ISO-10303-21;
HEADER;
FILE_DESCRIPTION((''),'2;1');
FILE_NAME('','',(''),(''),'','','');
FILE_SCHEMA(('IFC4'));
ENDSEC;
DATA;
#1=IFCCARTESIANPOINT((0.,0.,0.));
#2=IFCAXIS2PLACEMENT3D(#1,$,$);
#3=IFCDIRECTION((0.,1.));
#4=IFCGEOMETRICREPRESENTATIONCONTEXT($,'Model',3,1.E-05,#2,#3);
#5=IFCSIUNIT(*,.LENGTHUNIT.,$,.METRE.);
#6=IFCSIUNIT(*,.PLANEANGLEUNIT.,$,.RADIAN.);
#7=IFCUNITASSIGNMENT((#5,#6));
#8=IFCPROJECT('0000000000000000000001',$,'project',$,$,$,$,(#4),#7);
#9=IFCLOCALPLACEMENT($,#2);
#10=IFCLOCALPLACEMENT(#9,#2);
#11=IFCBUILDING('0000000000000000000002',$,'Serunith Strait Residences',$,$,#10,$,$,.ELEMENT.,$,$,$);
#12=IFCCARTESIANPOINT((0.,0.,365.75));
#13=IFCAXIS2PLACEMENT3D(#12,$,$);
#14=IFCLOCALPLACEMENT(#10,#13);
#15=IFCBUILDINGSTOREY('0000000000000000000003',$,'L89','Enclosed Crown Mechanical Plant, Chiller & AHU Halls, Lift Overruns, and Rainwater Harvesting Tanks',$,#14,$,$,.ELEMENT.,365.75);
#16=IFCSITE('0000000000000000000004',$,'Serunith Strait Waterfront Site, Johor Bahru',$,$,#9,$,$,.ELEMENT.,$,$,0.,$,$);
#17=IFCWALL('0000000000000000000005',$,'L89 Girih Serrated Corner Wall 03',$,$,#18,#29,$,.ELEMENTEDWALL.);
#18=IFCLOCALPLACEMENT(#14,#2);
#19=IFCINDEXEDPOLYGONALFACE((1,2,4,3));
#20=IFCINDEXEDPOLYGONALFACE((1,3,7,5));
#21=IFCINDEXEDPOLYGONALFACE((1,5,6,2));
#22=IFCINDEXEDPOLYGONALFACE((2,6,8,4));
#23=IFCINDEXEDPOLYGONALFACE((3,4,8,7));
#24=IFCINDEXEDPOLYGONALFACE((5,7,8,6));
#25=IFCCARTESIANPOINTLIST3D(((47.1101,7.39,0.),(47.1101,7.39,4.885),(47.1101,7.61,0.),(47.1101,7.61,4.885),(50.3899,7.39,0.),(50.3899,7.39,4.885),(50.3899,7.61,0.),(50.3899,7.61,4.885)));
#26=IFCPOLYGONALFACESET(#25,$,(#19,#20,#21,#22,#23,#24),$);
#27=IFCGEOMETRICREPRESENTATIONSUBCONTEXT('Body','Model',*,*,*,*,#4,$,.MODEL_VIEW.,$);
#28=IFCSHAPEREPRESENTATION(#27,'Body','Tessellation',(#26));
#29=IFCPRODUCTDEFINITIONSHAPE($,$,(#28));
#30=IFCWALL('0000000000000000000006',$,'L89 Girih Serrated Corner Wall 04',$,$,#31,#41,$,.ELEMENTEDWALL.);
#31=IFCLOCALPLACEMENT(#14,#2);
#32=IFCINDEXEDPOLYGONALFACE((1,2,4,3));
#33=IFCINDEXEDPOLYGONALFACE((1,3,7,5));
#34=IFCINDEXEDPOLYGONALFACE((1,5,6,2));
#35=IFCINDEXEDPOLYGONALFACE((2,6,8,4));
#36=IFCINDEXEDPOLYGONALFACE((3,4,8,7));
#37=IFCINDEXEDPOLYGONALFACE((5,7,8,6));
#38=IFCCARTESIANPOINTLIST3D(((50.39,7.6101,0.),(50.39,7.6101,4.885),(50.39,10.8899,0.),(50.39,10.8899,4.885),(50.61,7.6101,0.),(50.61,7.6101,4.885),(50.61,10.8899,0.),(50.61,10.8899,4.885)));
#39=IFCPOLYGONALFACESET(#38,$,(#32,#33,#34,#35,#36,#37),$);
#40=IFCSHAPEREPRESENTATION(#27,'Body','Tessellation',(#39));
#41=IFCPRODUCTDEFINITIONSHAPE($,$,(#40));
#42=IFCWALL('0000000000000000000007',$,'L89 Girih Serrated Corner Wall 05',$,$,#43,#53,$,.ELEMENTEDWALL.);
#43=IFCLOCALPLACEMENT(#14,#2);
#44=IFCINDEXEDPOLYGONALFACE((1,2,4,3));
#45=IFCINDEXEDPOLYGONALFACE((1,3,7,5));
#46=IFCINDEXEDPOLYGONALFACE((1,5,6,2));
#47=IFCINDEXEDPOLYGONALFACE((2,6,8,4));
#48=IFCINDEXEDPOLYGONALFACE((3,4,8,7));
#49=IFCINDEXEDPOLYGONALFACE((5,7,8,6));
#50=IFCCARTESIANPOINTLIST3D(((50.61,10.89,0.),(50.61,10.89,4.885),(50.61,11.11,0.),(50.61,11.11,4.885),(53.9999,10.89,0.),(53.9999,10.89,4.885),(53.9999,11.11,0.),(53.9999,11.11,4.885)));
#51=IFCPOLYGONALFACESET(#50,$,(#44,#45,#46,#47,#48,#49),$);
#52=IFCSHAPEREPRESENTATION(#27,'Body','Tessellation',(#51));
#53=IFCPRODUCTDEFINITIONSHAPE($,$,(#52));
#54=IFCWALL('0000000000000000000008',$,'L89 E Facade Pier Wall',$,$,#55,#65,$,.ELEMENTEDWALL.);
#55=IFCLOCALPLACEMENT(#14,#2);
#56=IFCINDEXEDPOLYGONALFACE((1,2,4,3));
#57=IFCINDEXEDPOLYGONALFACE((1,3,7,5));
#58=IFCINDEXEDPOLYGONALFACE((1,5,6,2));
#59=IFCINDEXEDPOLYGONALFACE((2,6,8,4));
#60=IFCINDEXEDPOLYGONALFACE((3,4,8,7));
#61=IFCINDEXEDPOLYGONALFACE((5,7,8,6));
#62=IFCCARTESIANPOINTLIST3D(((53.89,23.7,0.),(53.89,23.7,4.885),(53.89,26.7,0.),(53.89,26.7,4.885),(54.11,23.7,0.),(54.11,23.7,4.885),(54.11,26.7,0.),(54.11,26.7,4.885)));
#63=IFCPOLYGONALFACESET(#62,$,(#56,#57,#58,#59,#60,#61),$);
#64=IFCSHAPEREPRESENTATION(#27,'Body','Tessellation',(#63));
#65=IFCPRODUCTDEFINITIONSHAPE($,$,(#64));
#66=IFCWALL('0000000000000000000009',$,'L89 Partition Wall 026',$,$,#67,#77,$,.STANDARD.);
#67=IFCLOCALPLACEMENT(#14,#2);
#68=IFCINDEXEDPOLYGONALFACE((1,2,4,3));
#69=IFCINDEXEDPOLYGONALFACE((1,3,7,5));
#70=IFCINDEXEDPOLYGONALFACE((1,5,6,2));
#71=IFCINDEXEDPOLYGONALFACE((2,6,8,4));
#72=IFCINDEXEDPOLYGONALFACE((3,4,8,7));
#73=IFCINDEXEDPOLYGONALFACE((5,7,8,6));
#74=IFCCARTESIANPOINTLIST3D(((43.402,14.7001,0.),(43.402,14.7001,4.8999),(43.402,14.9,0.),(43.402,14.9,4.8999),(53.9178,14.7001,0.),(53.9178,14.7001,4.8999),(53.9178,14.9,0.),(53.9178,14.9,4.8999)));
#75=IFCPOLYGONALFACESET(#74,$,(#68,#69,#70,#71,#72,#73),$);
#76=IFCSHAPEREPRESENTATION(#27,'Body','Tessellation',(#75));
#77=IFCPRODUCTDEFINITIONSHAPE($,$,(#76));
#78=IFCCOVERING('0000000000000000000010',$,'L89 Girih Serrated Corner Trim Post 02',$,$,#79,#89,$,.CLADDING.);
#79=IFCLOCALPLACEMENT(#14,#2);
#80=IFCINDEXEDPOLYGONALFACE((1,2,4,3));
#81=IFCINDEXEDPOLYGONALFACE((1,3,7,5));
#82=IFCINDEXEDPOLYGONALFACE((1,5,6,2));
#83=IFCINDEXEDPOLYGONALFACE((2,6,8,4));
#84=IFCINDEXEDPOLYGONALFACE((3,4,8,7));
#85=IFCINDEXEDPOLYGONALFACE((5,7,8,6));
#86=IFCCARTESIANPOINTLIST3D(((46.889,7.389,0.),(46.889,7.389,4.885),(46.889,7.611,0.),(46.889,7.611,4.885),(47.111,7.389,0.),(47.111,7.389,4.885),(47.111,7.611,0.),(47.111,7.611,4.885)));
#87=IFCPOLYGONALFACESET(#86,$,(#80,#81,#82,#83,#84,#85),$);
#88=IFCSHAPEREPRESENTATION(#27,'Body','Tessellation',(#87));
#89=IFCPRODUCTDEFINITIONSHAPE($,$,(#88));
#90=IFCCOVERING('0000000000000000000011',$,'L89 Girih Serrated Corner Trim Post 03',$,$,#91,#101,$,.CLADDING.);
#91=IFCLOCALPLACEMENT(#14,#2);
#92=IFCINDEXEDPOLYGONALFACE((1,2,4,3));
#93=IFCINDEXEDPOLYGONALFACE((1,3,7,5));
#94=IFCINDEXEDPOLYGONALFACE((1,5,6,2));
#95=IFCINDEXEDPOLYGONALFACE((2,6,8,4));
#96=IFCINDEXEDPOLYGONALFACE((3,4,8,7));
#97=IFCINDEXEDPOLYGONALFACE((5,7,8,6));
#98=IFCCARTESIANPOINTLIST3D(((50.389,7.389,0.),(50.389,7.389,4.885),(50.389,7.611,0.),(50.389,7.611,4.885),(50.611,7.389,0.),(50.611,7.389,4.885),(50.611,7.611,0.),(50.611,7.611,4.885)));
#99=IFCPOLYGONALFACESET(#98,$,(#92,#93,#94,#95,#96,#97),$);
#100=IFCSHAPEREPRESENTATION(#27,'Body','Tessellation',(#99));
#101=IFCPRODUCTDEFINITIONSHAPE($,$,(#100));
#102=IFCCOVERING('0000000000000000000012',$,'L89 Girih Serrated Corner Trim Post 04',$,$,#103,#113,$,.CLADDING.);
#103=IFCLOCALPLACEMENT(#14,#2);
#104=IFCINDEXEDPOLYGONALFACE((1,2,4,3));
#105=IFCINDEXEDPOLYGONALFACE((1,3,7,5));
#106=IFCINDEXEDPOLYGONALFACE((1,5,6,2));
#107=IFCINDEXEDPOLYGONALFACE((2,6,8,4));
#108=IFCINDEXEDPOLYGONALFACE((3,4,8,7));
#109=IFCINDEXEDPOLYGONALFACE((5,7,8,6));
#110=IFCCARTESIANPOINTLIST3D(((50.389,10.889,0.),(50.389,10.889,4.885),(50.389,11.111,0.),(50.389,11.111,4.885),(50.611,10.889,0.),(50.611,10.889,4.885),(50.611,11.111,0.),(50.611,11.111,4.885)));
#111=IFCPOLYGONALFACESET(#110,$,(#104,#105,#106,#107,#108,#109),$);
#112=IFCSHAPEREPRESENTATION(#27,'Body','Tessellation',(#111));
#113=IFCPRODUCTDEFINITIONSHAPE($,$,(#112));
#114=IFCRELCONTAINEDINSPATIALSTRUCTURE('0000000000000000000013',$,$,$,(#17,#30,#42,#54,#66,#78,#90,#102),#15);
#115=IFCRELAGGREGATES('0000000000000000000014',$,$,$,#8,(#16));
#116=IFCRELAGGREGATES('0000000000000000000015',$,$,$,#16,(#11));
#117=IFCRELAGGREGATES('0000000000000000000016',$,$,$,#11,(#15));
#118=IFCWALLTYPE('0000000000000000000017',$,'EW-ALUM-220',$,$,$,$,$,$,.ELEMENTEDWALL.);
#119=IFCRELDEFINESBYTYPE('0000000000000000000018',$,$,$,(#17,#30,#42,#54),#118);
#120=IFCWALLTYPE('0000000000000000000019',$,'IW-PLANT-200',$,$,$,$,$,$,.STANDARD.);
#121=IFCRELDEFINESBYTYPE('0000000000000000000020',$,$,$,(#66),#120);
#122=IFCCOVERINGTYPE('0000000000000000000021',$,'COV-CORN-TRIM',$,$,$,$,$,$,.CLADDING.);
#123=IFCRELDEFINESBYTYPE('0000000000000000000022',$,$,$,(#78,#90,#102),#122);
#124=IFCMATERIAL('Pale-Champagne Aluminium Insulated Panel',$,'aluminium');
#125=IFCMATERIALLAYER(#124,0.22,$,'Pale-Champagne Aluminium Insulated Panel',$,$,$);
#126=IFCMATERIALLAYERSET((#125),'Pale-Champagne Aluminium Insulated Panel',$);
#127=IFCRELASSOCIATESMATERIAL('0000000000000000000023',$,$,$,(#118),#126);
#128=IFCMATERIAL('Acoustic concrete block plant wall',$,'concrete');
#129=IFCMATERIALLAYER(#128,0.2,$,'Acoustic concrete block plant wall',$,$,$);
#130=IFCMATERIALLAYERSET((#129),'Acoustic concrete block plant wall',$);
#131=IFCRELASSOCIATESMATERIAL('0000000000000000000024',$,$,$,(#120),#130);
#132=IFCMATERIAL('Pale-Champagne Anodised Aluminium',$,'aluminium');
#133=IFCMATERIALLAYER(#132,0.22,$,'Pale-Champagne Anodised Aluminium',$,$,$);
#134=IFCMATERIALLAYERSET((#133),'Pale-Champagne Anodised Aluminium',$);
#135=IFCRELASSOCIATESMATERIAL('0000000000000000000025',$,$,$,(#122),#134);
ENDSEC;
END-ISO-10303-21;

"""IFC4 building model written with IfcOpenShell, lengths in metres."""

from ifc_helpers import new_model, si_unit, direction, frame, frame_2d, origin, origin_2d, place, context, subcontext, project, spatial, rectangle, extrude, source, transform, mapped, material, layer, layer_set, type_object, element, save


model = new_model("IFC4")

# Units and contexts
model_context = context("Model", 3, precision=1e-05, world=origin(), true_north=direction((0.0, 1.0)))
body_context = subcontext(model_context, "Body", "Model", "MODEL_VIEW")
ifc_project = project(units=[si_unit("LENGTHUNIT", "METRE"), si_unit("PLANEANGLEUNIT", "RADIAN")], contexts=[model_context])

# Site, building, storey
site_placement = place(None, origin())
site = spatial("IfcSite", under=ifc_project, at=site_placement, Name="Serunith Strait Waterfront Site, Johor Bahru", CompositionType="ELEMENT", RefElevation=0.0)
building_placement = place(site_placement, origin())
building = spatial("IfcBuilding", under=site, at=building_placement, Name="Serunith Strait Residences", CompositionType="ELEMENT")
storey_placement = place(building_placement, frame((0.0, 0.0, 365.75)))
storey = spatial("IfcBuildingStorey", under=building, at=storey_placement, Name="L89", Description="Enclosed Crown Mechanical Plant, Chiller & AHU Halls, Lift Overruns, and Rainwater Harvesting Tanks", CompositionType="ELEMENT", Elevation=365.75)

# Walls
ifc_material_1 = material(Name="Pale-Champagne Aluminium Insulated Panel", Category="aluminium")
ifc_layer_1 = layer(ifc_material_1, 0.22, Name="Pale-Champagne Aluminium Insulated Panel")
ifc_layer_set_1 = layer_set([ifc_layer_1], Name="Pale-Champagne Aluminium Insulated Panel")
wall_type_1 = type_object("IfcWallType", Name="EW-ALUM-220", PredefinedType="ELEMENTEDWALL", material=ifc_layer_set_1)
for number, where, z_axis, x_axis, name in (
    (1, (47.1101, 7.5, 0.0), (0.0, 0.0, 1.0), (1.0, 0.0, 0.0), "L89 Girih Serrated Corner Wall 03"),
    (2, (50.5, 7.6101, 0.0), (0.0, 0.0, 1.0), (0.0, 1.0, 0.0), "L89 Girih Serrated Corner Wall 04"),
):
    element("IfcWall", number, at=place(storey_placement, frame(where, z_axis=z_axis, x_axis=x_axis)), inside=storey, type_object=wall_type_1, Name=name, PredefinedType="ELEMENTEDWALL", context=body_context, shape_type="SweptSolid", body=[
        extrude(rectangle(XDim=3.2798, YDim=0.22, at=frame_2d((1.6399, 0.0))), origin(), (0.0, 0.0, 1.0), 4.885),
    ])
wall_1_placement = place(storey_placement, frame((50.6101, 11.0, 0.0), z_axis=(0.0, 0.0, 1.0), x_axis=(1.0, 0.0, 0.0)))
element("IfcWall", 3, at=wall_1_placement, inside=storey, type_object=wall_type_1, Name="L89 Girih Serrated Corner Wall 05", PredefinedType="ELEMENTEDWALL", context=body_context, shape_type="SweptSolid", body=[
    extrude(rectangle(XDim=3.3899, YDim=0.22, at=frame_2d((1.6948, 0.0))), origin(), (0.0, 0.0, 1.0), 4.885),
])
wall_2_placement = place(storey_placement, frame((54.0, 23.7, 0.0), z_axis=(0.0, 0.0, 1.0), x_axis=(0.0, 1.0, 0.0)))
element("IfcWall", 4, at=wall_2_placement, inside=storey, type_object=wall_type_1, Name="L89 E Facade Pier Wall", PredefinedType="ELEMENTEDWALL", context=body_context, shape_type="SweptSolid", body=[
    extrude(rectangle(XDim=3.0, YDim=0.22, at=frame_2d((1.5, 0.0))), origin(), (0.0, 0.0, 1.0), 4.885),
])
ifc_material_2 = material(Name="Acoustic concrete block plant wall", Category="concrete")
ifc_layer_2 = layer(ifc_material_2, 0.2, Name="Acoustic concrete block plant wall")
ifc_layer_set_2 = layer_set([ifc_layer_2], Name="Acoustic concrete block plant wall")
wall_type_2 = type_object("IfcWallType", Name="IW-PLANT-200", PredefinedType="STANDARD", material=ifc_layer_set_2)
wall_3_placement = place(storey_placement, frame((43.4021, 14.8, 0.0), z_axis=(0.0, 0.0, 1.0), x_axis=(1.0, 0.0, 0.0)))
element("IfcWall", 5, at=wall_3_placement, inside=storey, type_object=wall_type_2, Name="L89 Partition Wall 026", PredefinedType="STANDARD", context=body_context, shape_type="SweptSolid", body=[
    extrude(rectangle(XDim=10.5159, YDim=0.2, at=frame_2d((5.2578, 0.0))), origin(), (0.0, 0.0, 1.0), 4.8999),
])

# Coverings
ifc_material_3 = material(Name="Pale-Champagne Anodised Aluminium", Category="aluminium")
ifc_layer_3 = layer(ifc_material_3, 0.22, Name="Pale-Champagne Anodised Aluminium")
ifc_layer_set_3 = layer_set([ifc_layer_3], Name="Pale-Champagne Anodised Aluminium")
covering_type = type_object("IfcCoveringType", Name="COV-CORN-TRIM", PredefinedType="CLADDING", material=ifc_layer_set_3)
shared_shape_1 = source(origin(), body_context, "Body", "SweptSolid", [
    extrude(rectangle(XDim=0.2219, YDim=0.2219, at=origin_2d()), origin(), (0.0, 0.0, 1.0), 4.885),
])
for number, where, z_axis, x_axis, name in (
    (6, (47.0, 7.5, 0.0), (0.0, 0.0, 1.0), (1.0, 0.0, 0.0), "L89 Girih Serrated Corner Trim Post 02"),
    (7, (50.5, 7.5, 0.0), (0.0, 0.0, 1.0), (1.0, 0.0, 0.0), "L89 Girih Serrated Corner Trim Post 03"),
    (8, (50.5, 11.0, 0.0), (0.0, 0.0, 1.0), (1.0, 0.0, 0.0), "L89 Girih Serrated Corner Trim Post 04"),
):
    element("IfcCovering", number, at=place(storey_placement, frame(where, z_axis=z_axis, x_axis=x_axis)), inside=storey, type_object=covering_type, Name=name, PredefinedType="CLADDING", context=body_context, shape_type="MappedRepresentation", body=[
        mapped(shared_shape_1, transform((0.0, 0.0, 0.0), scale=1.0)),
    ])

save(model, "model.ifc")
